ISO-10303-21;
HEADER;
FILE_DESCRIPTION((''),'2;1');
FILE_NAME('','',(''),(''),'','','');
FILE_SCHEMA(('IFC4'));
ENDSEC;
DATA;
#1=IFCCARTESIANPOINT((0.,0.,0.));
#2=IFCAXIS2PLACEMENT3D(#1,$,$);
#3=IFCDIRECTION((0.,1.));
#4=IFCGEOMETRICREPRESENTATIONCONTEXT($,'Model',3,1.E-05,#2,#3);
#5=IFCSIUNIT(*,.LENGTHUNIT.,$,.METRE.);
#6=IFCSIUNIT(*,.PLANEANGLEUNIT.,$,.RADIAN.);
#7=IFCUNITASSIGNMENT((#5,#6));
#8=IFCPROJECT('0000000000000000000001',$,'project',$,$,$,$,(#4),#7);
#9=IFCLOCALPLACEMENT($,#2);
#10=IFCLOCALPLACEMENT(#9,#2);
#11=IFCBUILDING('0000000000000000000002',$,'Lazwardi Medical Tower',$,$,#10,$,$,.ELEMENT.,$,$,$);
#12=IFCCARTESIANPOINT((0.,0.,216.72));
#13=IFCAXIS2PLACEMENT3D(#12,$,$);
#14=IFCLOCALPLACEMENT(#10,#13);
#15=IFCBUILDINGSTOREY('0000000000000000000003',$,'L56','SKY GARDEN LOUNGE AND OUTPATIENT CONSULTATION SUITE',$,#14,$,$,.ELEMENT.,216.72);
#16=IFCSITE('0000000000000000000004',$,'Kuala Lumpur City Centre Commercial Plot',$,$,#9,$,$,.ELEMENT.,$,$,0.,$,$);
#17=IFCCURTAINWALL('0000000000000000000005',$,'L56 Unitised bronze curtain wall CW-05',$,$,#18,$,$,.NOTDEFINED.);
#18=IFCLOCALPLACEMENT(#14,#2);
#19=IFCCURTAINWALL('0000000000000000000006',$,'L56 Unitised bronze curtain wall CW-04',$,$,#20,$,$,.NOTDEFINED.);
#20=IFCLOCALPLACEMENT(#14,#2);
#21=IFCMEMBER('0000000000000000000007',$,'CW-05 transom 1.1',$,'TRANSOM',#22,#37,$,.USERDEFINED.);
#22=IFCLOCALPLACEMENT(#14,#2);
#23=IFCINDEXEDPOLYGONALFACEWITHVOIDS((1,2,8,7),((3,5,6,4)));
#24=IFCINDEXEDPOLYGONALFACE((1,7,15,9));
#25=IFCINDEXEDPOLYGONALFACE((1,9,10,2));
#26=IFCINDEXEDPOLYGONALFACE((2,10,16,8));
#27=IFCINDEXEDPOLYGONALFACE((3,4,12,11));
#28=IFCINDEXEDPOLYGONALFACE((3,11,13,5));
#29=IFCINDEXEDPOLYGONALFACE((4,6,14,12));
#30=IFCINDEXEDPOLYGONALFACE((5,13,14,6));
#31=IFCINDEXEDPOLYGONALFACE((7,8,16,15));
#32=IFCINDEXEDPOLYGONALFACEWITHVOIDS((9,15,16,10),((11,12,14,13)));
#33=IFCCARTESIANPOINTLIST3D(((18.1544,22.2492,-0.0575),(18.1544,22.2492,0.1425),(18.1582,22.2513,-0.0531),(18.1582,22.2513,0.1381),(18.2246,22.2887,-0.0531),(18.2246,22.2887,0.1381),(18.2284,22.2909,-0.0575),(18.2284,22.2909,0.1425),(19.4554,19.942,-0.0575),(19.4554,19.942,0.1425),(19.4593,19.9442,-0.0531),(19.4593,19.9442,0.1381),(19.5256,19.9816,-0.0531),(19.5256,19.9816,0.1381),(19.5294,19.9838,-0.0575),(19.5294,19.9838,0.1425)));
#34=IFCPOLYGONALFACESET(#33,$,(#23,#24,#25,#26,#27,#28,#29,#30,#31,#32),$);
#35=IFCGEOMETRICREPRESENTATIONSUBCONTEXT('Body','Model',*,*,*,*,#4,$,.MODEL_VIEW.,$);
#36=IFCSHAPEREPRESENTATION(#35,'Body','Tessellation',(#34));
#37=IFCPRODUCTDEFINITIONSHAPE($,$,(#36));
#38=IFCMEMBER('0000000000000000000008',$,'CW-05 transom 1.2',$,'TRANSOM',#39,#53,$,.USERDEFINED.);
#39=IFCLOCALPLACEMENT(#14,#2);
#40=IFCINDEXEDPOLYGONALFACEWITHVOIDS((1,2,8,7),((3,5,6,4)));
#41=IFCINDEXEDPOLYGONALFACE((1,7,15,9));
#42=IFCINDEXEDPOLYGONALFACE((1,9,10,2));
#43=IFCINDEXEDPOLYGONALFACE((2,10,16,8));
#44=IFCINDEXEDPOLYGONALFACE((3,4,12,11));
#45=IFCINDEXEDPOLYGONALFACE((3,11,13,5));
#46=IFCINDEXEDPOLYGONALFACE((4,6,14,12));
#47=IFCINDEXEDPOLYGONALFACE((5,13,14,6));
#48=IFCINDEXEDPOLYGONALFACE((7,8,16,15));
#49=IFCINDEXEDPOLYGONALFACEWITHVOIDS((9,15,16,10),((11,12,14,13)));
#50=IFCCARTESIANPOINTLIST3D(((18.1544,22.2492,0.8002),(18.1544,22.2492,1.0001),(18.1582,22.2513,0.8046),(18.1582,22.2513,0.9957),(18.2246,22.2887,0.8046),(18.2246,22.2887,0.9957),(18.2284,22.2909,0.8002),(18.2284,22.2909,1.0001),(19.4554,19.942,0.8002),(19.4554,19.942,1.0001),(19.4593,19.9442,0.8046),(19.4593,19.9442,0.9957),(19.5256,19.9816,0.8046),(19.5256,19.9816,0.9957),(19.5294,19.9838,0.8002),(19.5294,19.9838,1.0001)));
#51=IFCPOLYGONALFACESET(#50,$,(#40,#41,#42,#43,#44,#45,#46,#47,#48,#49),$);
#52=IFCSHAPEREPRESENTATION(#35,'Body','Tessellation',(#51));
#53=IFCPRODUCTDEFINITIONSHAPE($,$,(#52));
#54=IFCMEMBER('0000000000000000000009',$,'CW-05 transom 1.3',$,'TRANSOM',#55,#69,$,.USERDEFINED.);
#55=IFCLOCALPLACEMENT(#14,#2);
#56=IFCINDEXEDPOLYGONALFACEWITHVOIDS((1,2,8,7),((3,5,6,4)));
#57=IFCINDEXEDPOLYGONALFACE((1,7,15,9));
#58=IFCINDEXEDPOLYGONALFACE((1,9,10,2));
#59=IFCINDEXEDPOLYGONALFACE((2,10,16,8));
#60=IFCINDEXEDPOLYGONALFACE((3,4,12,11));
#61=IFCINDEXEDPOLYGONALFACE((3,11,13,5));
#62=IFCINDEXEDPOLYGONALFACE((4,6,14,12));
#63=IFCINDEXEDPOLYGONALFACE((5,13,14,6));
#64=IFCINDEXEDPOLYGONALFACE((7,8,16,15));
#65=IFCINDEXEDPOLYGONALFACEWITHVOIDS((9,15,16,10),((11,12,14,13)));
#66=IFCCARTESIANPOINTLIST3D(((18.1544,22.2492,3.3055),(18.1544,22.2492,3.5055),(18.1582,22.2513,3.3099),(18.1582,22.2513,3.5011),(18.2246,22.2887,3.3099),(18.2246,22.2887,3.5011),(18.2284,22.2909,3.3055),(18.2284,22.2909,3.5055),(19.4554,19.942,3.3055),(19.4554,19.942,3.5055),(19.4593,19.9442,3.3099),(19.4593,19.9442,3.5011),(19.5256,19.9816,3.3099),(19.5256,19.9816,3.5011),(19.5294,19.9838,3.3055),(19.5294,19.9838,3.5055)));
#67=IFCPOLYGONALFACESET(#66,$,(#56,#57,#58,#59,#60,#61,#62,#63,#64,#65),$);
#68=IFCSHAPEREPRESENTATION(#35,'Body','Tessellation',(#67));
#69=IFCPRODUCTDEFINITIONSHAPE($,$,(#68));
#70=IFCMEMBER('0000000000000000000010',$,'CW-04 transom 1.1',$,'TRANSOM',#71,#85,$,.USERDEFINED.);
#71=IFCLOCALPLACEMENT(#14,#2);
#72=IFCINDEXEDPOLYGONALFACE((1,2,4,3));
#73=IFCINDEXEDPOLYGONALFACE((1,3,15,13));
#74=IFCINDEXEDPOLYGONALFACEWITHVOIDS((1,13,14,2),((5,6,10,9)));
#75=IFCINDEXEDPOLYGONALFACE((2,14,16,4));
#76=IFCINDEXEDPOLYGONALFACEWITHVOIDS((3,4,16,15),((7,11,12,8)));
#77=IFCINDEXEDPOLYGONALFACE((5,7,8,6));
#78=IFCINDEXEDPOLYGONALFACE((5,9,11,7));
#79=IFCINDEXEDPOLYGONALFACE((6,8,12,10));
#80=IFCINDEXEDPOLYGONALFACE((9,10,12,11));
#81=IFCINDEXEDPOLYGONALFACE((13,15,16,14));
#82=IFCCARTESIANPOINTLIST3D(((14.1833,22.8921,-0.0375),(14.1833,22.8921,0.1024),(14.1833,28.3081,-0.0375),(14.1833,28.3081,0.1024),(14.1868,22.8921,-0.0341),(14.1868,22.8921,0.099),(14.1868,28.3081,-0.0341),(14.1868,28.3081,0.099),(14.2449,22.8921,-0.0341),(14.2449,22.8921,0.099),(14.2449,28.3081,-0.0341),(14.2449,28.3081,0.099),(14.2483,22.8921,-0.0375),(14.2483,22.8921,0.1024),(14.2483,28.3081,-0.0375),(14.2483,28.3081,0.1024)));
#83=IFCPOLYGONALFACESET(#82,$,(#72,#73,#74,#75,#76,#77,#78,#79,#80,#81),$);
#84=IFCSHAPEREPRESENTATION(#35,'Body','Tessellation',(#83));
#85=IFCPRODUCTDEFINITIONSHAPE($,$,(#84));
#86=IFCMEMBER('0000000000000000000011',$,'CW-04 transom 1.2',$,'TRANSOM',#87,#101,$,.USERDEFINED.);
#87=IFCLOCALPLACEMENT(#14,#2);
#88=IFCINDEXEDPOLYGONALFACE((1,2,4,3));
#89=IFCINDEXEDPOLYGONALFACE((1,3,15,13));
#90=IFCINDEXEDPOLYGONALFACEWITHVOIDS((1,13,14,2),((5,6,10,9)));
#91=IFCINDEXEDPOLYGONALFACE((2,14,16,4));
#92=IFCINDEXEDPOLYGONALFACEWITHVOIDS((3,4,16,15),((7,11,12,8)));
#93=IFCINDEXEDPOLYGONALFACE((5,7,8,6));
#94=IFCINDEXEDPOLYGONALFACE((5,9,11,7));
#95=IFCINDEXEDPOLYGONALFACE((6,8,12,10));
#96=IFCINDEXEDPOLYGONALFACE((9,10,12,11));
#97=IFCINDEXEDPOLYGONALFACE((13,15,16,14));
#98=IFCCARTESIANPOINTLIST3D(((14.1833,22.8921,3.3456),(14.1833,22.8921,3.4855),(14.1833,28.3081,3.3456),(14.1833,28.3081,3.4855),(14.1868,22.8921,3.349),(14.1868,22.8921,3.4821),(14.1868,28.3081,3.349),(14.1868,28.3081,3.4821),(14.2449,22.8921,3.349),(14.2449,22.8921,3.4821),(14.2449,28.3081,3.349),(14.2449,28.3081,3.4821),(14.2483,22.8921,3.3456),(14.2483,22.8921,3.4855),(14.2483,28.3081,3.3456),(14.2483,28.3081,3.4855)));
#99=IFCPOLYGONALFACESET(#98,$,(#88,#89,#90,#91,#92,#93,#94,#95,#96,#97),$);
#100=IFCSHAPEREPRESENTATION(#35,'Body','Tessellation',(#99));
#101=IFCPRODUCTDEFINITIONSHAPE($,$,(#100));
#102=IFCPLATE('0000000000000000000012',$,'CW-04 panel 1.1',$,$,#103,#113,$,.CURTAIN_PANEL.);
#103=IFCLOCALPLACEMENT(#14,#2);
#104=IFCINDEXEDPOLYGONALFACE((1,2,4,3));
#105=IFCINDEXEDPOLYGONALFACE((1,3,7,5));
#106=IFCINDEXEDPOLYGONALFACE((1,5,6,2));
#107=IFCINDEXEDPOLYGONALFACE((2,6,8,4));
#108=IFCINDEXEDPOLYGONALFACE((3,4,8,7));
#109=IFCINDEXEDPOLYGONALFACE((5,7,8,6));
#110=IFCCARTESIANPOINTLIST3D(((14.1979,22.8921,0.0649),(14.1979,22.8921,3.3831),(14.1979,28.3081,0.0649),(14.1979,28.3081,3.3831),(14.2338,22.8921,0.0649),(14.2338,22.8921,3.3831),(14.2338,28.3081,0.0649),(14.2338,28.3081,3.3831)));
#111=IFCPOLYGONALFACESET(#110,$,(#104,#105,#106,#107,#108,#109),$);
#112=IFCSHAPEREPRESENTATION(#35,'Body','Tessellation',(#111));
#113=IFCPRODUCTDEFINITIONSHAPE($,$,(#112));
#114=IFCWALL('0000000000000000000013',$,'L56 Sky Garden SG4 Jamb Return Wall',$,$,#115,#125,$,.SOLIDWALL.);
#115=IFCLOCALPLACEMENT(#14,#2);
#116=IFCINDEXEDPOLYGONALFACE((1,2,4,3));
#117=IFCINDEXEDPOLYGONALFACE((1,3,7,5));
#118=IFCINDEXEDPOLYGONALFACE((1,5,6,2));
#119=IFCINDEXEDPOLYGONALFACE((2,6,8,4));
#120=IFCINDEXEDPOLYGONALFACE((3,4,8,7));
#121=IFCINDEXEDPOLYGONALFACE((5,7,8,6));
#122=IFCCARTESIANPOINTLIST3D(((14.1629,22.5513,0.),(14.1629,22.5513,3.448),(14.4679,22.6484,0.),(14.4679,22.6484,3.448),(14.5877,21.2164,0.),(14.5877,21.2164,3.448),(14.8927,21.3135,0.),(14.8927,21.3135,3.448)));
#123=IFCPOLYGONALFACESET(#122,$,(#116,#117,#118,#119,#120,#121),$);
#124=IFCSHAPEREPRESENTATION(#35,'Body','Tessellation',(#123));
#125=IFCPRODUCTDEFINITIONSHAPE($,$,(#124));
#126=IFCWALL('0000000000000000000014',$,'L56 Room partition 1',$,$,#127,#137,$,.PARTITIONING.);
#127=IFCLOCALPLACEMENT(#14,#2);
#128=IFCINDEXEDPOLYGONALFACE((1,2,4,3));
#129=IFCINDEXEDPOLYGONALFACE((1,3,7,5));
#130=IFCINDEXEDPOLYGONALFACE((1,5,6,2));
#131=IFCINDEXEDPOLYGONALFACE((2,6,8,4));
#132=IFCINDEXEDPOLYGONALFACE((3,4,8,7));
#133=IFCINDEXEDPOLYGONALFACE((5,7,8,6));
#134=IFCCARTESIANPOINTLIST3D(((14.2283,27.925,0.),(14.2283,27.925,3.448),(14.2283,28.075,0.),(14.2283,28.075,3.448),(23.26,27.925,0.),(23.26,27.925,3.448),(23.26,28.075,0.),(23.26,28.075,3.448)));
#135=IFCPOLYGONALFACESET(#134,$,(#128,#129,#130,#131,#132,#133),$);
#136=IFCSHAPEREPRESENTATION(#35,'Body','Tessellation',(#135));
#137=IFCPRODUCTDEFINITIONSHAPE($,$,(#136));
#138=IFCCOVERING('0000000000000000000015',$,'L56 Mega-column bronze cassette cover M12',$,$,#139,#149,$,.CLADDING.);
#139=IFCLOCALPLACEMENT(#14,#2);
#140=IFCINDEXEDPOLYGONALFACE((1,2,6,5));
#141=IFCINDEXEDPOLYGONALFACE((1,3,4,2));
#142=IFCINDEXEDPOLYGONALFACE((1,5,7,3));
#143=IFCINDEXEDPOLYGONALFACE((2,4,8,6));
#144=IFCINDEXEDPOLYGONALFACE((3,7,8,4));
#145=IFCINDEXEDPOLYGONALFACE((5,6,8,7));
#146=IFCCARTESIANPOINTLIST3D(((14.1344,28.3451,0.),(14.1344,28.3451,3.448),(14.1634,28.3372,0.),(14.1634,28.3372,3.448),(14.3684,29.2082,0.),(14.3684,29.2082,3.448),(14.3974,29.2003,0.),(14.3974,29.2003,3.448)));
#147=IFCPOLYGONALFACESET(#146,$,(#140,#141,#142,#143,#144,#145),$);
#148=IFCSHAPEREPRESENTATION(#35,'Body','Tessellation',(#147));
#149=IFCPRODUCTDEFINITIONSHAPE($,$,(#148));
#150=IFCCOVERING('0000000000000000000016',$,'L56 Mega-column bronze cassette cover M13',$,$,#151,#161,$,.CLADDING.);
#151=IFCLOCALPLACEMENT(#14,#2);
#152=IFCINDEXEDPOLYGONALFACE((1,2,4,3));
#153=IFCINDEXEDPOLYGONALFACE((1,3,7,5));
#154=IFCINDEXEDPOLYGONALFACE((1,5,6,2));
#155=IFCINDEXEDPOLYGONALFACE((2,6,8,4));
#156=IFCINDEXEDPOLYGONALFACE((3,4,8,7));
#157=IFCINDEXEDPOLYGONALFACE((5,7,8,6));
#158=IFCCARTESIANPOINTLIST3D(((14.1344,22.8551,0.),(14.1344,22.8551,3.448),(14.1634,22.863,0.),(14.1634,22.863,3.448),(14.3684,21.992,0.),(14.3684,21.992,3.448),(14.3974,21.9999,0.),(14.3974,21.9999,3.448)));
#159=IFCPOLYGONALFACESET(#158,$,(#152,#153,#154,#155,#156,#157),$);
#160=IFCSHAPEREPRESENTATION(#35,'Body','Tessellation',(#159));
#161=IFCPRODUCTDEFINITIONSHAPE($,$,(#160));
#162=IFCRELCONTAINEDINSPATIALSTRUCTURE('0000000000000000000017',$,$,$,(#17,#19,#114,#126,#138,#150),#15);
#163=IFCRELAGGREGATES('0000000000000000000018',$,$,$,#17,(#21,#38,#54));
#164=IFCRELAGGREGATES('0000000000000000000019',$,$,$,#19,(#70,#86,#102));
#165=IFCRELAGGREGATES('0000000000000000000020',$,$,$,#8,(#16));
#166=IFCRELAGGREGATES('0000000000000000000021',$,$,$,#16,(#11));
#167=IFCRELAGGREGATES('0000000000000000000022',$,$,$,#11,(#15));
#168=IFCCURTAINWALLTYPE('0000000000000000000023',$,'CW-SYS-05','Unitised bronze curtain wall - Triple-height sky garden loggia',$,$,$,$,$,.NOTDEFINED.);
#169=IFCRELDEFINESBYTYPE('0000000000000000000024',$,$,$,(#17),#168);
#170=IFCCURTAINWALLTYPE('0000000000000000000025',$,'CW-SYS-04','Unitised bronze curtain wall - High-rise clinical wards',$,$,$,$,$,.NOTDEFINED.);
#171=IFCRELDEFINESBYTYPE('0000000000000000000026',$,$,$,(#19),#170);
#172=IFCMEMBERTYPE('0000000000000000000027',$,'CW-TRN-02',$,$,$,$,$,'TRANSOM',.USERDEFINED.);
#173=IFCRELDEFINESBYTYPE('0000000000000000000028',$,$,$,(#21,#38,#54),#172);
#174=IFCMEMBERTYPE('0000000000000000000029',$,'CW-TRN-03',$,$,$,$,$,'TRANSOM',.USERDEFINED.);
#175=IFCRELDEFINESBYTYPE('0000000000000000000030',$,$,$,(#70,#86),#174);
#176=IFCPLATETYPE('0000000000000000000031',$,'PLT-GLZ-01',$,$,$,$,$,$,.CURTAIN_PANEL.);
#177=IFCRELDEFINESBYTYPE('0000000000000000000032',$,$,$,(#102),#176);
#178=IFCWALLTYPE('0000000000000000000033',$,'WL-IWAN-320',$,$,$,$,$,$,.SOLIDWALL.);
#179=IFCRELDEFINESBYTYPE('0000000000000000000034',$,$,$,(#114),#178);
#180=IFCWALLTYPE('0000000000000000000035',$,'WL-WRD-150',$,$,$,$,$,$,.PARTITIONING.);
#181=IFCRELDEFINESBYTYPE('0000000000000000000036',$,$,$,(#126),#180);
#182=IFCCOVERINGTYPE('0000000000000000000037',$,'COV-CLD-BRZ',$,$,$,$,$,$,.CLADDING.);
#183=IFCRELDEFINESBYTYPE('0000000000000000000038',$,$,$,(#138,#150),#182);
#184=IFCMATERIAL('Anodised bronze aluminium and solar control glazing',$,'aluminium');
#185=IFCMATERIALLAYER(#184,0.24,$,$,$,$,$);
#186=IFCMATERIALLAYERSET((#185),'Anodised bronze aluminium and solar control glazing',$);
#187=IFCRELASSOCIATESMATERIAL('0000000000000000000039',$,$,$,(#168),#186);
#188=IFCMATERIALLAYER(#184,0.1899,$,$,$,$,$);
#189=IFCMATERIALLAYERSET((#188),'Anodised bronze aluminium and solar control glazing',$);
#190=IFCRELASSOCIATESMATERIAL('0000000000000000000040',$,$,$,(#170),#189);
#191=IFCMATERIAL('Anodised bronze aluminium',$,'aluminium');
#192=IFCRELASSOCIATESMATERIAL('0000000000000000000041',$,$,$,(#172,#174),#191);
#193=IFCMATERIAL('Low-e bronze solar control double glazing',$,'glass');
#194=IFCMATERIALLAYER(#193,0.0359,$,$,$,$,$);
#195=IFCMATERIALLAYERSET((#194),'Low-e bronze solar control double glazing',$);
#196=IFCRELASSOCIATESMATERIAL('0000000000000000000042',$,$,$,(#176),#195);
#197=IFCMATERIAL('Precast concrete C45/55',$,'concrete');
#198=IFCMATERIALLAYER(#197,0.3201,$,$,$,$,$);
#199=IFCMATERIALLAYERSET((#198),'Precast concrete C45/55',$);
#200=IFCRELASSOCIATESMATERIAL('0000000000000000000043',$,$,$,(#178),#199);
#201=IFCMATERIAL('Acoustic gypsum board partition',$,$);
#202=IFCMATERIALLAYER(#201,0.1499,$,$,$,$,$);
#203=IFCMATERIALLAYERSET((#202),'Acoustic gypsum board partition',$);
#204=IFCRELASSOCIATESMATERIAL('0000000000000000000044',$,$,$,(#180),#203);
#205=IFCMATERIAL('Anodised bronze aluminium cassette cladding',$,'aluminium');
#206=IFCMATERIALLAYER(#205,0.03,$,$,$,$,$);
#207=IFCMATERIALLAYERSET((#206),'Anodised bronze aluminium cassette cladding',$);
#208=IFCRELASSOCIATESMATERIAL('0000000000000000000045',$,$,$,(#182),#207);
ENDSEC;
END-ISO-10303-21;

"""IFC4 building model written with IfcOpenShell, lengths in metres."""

from ifc_helpers import new_model, si_unit, direction, frame, frame_2d, origin, origin_2d, place, context, subcontext, project, spatial, rectangle, hollow_rectangle, extrude, material, layer, layer_set, material_profile, profile_set, type_object, element, aggregate, save


model = new_model("IFC4")

# Units and contexts
model_context = context("Model", 3, precision=1e-05, world=origin(), true_north=direction((0.0, 1.0)))
body_context = subcontext(model_context, "Body", "Model", "MODEL_VIEW")
ifc_project = project(units=[si_unit("LENGTHUNIT", "METRE"), si_unit("PLANEANGLEUNIT", "RADIAN")], contexts=[model_context])

# Site, building, storey
site_placement = place(None, origin())
site = spatial("IfcSite", under=ifc_project, at=site_placement, Name="Kuala Lumpur City Centre Commercial Plot", CompositionType="ELEMENT", RefElevation=0.0)
building_placement = place(site_placement, origin())
building = spatial("IfcBuilding", under=site, at=building_placement, Name="Lazwardi Medical Tower", CompositionType="ELEMENT")
storey_placement = place(building_placement, frame((0.0, 0.0, 216.72)))
storey = spatial("IfcBuildingStorey", under=building, at=storey_placement, Name="L56", Description="SKY GARDEN LOUNGE AND OUTPATIENT CONSULTATION SUITE", CompositionType="ELEMENT", Elevation=216.72)

# Curtain wall
ifc_material_1 = material(Name="Anodised bronze aluminium and solar control glazing", Category="aluminium")
ifc_layer_1 = layer(ifc_material_1, 0.24)
ifc_layer_set_1 = layer_set([ifc_layer_1], Name="Anodised bronze aluminium and solar control glazing")
curtain_wall_type_1 = type_object("IfcCurtainWallType", Name="CW-SYS-05", Description="Unitised bronze curtain wall - Triple-height sky garden loggia", PredefinedType="NOTDEFINED", material=ifc_layer_set_1)
curtain_wall_1_placement = place(storey_placement, origin())
curtain_wall_1 = element("IfcCurtainWall", 1, at=curtain_wall_1_placement, inside=storey, type_object=curtain_wall_type_1, Name="L56 Unitised bronze curtain wall CW-05", PredefinedType="NOTDEFINED")
ifc_material_2 = material(Name="Anodised bronze aluminium", Category="aluminium")
ifc_layer_2 = layer(ifc_material_1, 0.1899)
ifc_layer_set_2 = layer_set([ifc_layer_2], Name="Anodised bronze aluminium and solar control glazing")
curtain_wall_type_2 = type_object("IfcCurtainWallType", Name="CW-SYS-04", Description="Unitised bronze curtain wall - High-rise clinical wards", PredefinedType="NOTDEFINED", material=ifc_layer_set_2)

# Curtain wall
curtain_wall_2_placement = place(storey_placement, origin())
curtain_wall_2 = element("IfcCurtainWall", 2, at=curtain_wall_2_placement, inside=storey, type_object=curtain_wall_type_2, Name="L56 Unitised bronze curtain wall CW-04", PredefinedType="NOTDEFINED")

# Members
ifc_material_profile_1 = material_profile(ifc_material_2, hollow_rectangle(XDim=0.085, YDim=0.2, WallThickness=0.0044, at=origin_2d()), Name="ALU-TRANSOM 200x85x4.5")
ifc_profile_set_1 = profile_set([ifc_material_profile_1], Name="Anodised bronze aluminium")
member_type_1 = type_object("IfcMemberType", Name="CW-TRN-02", ElementType="TRANSOM", PredefinedType="USERDEFINED", material=ifc_profile_set_1)
member_1_placement = place(storey_placement, frame((18.1914, 22.27, 0.0425), z_axis=(0.491197, -0.871048, 0.0), x_axis=(0.871048, 0.491197, 0.0)))
member_1 = element("IfcMember", 3, at=member_1_placement, type_object=member_type_1, Name="CW-05 transom 1.1", ObjectType="TRANSOM", PredefinedType="USERDEFINED", context=body_context, shape_type="SweptSolid", body=[
    extrude(hollow_rectangle(XDim=0.085, YDim=0.2, WallThickness=0.0044, at=origin_2d()), origin(), (0.0, 0.0, 1.0), 2.6487),
])
member_2_placement = place(storey_placement, frame((18.1914, 22.27, 0.9001), z_axis=(0.491197, -0.871048, 0.0), x_axis=(0.871048, 0.491197, 0.0)))
member_2 = element("IfcMember", 4, at=member_2_placement, type_object=member_type_1, Name="CW-05 transom 1.2", ObjectType="TRANSOM", PredefinedType="USERDEFINED", context=body_context, shape_type="SweptSolid", body=[
    extrude(hollow_rectangle(XDim=0.085, YDim=0.2, WallThickness=0.0044, at=origin_2d()), origin(), (0.0, 0.0, 1.0), 2.6487),
])
member_3_placement = place(storey_placement, frame((18.1914, 22.27, 3.4055), z_axis=(0.491197, -0.871048, 0.0), x_axis=(0.871048, 0.491197, 0.0)))
member_3 = element("IfcMember", 5, at=member_3_placement, type_object=member_type_1, Name="CW-05 transom 1.3", ObjectType="TRANSOM", PredefinedType="USERDEFINED", context=body_context, shape_type="SweptSolid", body=[
    extrude(hollow_rectangle(XDim=0.085, YDim=0.2, WallThickness=0.0044, at=origin_2d()), origin(), (0.0, 0.0, 1.0), 2.6487),
])
aggregate(curtain_wall_1, [member_1, member_2, member_3])
ifc_material_profile_2 = material_profile(ifc_material_2, hollow_rectangle(XDim=0.0649, YDim=0.1399, WallThickness=0.0034, at=origin_2d()), Name="ALU-TRANSOM 140x65x3.5")
ifc_profile_set_2 = profile_set([ifc_material_profile_2], Name="Anodised bronze aluminium")
member_type_2 = type_object("IfcMemberType", Name="CW-TRN-03", ElementType="TRANSOM", PredefinedType="USERDEFINED", material=ifc_profile_set_2)
member_4_placement = place(storey_placement, frame((14.2158, 28.3081, 0.0325), z_axis=(0.0, -1.0, 0.0), x_axis=(1.0, 0.0, 0.0)))
member_4 = element("IfcMember", 6, at=member_4_placement, type_object=member_type_2, Name="CW-04 transom 1.1", ObjectType="TRANSOM", PredefinedType="USERDEFINED", context=body_context, shape_type="SweptSolid", body=[
    extrude(hollow_rectangle(XDim=0.0649, YDim=0.1399, WallThickness=0.0034, at=origin_2d()), origin(), (0.0, 0.0, 1.0), 5.416),
])
member_5_placement = place(storey_placement, frame((14.2158, 28.3081, 3.4155), z_axis=(0.0, -1.0, 0.0), x_axis=(1.0, 0.0, 0.0)))
member_5 = element("IfcMember", 7, at=member_5_placement, type_object=member_type_2, Name="CW-04 transom 1.2", ObjectType="TRANSOM", PredefinedType="USERDEFINED", context=body_context, shape_type="SweptSolid", body=[
    extrude(hollow_rectangle(XDim=0.0649, YDim=0.1399, WallThickness=0.0034, at=origin_2d()), origin(), (0.0, 0.0, 1.0), 5.416),
])

# Plate
ifc_material_3 = material(Name="Low-e bronze solar control double glazing", Category="glass")
ifc_layer_3 = layer(ifc_material_3, 0.0359)
ifc_layer_set_3 = layer_set([ifc_layer_3], Name="Low-e bronze solar control double glazing")
plate_type = type_object("IfcPlateType", Name="PLT-GLZ-01", PredefinedType="CURTAIN_PANEL", material=ifc_layer_set_3)
plate_placement = place(storey_placement, frame((14.2158, 25.6001, 0.0649), z_axis=(0.0, 0.0, 1.0), x_axis=(0.0, -1.0, 0.0)))
plate = element("IfcPlate", 8, at=plate_placement, type_object=plate_type, Name="CW-04 panel 1.1", PredefinedType="CURTAIN_PANEL", context=body_context, shape_type="SweptSolid", body=[
    extrude(rectangle(XDim=5.416, YDim=0.0359, at=origin_2d()), origin(), (0.0, 0.0, 1.0), 3.3181),
])
aggregate(curtain_wall_2, [member_4, member_5, plate])

# Walls
ifc_material_4 = material(Name="Precast concrete C45/55", Category="concrete")
ifc_layer_4 = layer(ifc_material_4, 0.3201)
ifc_layer_set_4 = layer_set([ifc_layer_4], Name="Precast concrete C45/55")
wall_type_1 = type_object("IfcWallType", Name="WL-IWAN-320", PredefinedType="SOLIDWALL", material=ifc_layer_set_4)
wall_1_placement = place(storey_placement, frame((14.3154, 22.5999, 0.0), z_axis=(0.0, 0.0, 1.0), x_axis=(0.303232, -0.952917, 0.0)))
element("IfcWall", 9, at=wall_1_placement, inside=storey, type_object=wall_type_1, Name="L56 Sky Garden SG4 Jamb Return Wall", PredefinedType="SOLIDWALL", context=body_context, shape_type="SweptSolid", body=[
    extrude(rectangle(XDim=1.4009, YDim=0.3201, at=frame_2d((0.7004, 0.0))), origin(), (0.0, 0.0, 1.0), 3.448),
])
ifc_material_5 = material(Name="Acoustic gypsum board partition")
ifc_layer_5 = layer(ifc_material_5, 0.1499)
ifc_layer_set_5 = layer_set([ifc_layer_5], Name="Acoustic gypsum board partition")
wall_type_2 = type_object("IfcWallType", Name="WL-WRD-150", PredefinedType="PARTITIONING", material=ifc_layer_set_5)
wall_2_placement = place(storey_placement, frame((14.2283, 28.0, 0.0), z_axis=(0.0, 0.0, 1.0), x_axis=(1.0, 0.0, 0.0)))
element("IfcWall", 10, at=wall_2_placement, inside=storey, type_object=wall_type_2, Name="L56 Room partition 1", PredefinedType="PARTITIONING", context=body_context, shape_type="SweptSolid", body=[
    extrude(rectangle(XDim=9.0317, YDim=0.1499, at=frame_2d((4.5159, 0.0))), origin(), (0.0, 0.0, 1.0), 3.448),
])

# Coverings
ifc_material_6 = material(Name="Anodised bronze aluminium cassette cladding", Category="aluminium")
ifc_layer_6 = layer(ifc_material_6, 0.03)
ifc_layer_set_6 = layer_set([ifc_layer_6], Name="Anodised bronze aluminium cassette cladding")
covering_type = type_object("IfcCoveringType", Name="COV-CLD-BRZ", PredefinedType="CLADDING", material=ifc_layer_set_6)
for number, where, z_axis, x_axis, name in (
    (11, (14.2659, 28.7727, 0.0), (0.0, 0.0, 1.0), (-0.261642, -0.965165, 0.0), "L56 Mega-column bronze cassette cover M12"),
    (12, (14.2659, 22.4275, 0.0), (0.0, 0.0, 1.0), (0.261642, -0.965165, 0.0), "L56 Mega-column bronze cassette cover M13"),
):
    element("IfcCovering", number, at=place(storey_placement, frame(where, z_axis=z_axis, x_axis=x_axis)), inside=storey, type_object=covering_type, Name=name, PredefinedType="CLADDING", context=body_context, shape_type="SweptSolid", body=[
        extrude(rectangle(XDim=0.8943, YDim=0.03, at=origin_2d()), origin(), (0.0, 0.0, 1.0), 3.448),
    ])

save(model, "model.ifc")
